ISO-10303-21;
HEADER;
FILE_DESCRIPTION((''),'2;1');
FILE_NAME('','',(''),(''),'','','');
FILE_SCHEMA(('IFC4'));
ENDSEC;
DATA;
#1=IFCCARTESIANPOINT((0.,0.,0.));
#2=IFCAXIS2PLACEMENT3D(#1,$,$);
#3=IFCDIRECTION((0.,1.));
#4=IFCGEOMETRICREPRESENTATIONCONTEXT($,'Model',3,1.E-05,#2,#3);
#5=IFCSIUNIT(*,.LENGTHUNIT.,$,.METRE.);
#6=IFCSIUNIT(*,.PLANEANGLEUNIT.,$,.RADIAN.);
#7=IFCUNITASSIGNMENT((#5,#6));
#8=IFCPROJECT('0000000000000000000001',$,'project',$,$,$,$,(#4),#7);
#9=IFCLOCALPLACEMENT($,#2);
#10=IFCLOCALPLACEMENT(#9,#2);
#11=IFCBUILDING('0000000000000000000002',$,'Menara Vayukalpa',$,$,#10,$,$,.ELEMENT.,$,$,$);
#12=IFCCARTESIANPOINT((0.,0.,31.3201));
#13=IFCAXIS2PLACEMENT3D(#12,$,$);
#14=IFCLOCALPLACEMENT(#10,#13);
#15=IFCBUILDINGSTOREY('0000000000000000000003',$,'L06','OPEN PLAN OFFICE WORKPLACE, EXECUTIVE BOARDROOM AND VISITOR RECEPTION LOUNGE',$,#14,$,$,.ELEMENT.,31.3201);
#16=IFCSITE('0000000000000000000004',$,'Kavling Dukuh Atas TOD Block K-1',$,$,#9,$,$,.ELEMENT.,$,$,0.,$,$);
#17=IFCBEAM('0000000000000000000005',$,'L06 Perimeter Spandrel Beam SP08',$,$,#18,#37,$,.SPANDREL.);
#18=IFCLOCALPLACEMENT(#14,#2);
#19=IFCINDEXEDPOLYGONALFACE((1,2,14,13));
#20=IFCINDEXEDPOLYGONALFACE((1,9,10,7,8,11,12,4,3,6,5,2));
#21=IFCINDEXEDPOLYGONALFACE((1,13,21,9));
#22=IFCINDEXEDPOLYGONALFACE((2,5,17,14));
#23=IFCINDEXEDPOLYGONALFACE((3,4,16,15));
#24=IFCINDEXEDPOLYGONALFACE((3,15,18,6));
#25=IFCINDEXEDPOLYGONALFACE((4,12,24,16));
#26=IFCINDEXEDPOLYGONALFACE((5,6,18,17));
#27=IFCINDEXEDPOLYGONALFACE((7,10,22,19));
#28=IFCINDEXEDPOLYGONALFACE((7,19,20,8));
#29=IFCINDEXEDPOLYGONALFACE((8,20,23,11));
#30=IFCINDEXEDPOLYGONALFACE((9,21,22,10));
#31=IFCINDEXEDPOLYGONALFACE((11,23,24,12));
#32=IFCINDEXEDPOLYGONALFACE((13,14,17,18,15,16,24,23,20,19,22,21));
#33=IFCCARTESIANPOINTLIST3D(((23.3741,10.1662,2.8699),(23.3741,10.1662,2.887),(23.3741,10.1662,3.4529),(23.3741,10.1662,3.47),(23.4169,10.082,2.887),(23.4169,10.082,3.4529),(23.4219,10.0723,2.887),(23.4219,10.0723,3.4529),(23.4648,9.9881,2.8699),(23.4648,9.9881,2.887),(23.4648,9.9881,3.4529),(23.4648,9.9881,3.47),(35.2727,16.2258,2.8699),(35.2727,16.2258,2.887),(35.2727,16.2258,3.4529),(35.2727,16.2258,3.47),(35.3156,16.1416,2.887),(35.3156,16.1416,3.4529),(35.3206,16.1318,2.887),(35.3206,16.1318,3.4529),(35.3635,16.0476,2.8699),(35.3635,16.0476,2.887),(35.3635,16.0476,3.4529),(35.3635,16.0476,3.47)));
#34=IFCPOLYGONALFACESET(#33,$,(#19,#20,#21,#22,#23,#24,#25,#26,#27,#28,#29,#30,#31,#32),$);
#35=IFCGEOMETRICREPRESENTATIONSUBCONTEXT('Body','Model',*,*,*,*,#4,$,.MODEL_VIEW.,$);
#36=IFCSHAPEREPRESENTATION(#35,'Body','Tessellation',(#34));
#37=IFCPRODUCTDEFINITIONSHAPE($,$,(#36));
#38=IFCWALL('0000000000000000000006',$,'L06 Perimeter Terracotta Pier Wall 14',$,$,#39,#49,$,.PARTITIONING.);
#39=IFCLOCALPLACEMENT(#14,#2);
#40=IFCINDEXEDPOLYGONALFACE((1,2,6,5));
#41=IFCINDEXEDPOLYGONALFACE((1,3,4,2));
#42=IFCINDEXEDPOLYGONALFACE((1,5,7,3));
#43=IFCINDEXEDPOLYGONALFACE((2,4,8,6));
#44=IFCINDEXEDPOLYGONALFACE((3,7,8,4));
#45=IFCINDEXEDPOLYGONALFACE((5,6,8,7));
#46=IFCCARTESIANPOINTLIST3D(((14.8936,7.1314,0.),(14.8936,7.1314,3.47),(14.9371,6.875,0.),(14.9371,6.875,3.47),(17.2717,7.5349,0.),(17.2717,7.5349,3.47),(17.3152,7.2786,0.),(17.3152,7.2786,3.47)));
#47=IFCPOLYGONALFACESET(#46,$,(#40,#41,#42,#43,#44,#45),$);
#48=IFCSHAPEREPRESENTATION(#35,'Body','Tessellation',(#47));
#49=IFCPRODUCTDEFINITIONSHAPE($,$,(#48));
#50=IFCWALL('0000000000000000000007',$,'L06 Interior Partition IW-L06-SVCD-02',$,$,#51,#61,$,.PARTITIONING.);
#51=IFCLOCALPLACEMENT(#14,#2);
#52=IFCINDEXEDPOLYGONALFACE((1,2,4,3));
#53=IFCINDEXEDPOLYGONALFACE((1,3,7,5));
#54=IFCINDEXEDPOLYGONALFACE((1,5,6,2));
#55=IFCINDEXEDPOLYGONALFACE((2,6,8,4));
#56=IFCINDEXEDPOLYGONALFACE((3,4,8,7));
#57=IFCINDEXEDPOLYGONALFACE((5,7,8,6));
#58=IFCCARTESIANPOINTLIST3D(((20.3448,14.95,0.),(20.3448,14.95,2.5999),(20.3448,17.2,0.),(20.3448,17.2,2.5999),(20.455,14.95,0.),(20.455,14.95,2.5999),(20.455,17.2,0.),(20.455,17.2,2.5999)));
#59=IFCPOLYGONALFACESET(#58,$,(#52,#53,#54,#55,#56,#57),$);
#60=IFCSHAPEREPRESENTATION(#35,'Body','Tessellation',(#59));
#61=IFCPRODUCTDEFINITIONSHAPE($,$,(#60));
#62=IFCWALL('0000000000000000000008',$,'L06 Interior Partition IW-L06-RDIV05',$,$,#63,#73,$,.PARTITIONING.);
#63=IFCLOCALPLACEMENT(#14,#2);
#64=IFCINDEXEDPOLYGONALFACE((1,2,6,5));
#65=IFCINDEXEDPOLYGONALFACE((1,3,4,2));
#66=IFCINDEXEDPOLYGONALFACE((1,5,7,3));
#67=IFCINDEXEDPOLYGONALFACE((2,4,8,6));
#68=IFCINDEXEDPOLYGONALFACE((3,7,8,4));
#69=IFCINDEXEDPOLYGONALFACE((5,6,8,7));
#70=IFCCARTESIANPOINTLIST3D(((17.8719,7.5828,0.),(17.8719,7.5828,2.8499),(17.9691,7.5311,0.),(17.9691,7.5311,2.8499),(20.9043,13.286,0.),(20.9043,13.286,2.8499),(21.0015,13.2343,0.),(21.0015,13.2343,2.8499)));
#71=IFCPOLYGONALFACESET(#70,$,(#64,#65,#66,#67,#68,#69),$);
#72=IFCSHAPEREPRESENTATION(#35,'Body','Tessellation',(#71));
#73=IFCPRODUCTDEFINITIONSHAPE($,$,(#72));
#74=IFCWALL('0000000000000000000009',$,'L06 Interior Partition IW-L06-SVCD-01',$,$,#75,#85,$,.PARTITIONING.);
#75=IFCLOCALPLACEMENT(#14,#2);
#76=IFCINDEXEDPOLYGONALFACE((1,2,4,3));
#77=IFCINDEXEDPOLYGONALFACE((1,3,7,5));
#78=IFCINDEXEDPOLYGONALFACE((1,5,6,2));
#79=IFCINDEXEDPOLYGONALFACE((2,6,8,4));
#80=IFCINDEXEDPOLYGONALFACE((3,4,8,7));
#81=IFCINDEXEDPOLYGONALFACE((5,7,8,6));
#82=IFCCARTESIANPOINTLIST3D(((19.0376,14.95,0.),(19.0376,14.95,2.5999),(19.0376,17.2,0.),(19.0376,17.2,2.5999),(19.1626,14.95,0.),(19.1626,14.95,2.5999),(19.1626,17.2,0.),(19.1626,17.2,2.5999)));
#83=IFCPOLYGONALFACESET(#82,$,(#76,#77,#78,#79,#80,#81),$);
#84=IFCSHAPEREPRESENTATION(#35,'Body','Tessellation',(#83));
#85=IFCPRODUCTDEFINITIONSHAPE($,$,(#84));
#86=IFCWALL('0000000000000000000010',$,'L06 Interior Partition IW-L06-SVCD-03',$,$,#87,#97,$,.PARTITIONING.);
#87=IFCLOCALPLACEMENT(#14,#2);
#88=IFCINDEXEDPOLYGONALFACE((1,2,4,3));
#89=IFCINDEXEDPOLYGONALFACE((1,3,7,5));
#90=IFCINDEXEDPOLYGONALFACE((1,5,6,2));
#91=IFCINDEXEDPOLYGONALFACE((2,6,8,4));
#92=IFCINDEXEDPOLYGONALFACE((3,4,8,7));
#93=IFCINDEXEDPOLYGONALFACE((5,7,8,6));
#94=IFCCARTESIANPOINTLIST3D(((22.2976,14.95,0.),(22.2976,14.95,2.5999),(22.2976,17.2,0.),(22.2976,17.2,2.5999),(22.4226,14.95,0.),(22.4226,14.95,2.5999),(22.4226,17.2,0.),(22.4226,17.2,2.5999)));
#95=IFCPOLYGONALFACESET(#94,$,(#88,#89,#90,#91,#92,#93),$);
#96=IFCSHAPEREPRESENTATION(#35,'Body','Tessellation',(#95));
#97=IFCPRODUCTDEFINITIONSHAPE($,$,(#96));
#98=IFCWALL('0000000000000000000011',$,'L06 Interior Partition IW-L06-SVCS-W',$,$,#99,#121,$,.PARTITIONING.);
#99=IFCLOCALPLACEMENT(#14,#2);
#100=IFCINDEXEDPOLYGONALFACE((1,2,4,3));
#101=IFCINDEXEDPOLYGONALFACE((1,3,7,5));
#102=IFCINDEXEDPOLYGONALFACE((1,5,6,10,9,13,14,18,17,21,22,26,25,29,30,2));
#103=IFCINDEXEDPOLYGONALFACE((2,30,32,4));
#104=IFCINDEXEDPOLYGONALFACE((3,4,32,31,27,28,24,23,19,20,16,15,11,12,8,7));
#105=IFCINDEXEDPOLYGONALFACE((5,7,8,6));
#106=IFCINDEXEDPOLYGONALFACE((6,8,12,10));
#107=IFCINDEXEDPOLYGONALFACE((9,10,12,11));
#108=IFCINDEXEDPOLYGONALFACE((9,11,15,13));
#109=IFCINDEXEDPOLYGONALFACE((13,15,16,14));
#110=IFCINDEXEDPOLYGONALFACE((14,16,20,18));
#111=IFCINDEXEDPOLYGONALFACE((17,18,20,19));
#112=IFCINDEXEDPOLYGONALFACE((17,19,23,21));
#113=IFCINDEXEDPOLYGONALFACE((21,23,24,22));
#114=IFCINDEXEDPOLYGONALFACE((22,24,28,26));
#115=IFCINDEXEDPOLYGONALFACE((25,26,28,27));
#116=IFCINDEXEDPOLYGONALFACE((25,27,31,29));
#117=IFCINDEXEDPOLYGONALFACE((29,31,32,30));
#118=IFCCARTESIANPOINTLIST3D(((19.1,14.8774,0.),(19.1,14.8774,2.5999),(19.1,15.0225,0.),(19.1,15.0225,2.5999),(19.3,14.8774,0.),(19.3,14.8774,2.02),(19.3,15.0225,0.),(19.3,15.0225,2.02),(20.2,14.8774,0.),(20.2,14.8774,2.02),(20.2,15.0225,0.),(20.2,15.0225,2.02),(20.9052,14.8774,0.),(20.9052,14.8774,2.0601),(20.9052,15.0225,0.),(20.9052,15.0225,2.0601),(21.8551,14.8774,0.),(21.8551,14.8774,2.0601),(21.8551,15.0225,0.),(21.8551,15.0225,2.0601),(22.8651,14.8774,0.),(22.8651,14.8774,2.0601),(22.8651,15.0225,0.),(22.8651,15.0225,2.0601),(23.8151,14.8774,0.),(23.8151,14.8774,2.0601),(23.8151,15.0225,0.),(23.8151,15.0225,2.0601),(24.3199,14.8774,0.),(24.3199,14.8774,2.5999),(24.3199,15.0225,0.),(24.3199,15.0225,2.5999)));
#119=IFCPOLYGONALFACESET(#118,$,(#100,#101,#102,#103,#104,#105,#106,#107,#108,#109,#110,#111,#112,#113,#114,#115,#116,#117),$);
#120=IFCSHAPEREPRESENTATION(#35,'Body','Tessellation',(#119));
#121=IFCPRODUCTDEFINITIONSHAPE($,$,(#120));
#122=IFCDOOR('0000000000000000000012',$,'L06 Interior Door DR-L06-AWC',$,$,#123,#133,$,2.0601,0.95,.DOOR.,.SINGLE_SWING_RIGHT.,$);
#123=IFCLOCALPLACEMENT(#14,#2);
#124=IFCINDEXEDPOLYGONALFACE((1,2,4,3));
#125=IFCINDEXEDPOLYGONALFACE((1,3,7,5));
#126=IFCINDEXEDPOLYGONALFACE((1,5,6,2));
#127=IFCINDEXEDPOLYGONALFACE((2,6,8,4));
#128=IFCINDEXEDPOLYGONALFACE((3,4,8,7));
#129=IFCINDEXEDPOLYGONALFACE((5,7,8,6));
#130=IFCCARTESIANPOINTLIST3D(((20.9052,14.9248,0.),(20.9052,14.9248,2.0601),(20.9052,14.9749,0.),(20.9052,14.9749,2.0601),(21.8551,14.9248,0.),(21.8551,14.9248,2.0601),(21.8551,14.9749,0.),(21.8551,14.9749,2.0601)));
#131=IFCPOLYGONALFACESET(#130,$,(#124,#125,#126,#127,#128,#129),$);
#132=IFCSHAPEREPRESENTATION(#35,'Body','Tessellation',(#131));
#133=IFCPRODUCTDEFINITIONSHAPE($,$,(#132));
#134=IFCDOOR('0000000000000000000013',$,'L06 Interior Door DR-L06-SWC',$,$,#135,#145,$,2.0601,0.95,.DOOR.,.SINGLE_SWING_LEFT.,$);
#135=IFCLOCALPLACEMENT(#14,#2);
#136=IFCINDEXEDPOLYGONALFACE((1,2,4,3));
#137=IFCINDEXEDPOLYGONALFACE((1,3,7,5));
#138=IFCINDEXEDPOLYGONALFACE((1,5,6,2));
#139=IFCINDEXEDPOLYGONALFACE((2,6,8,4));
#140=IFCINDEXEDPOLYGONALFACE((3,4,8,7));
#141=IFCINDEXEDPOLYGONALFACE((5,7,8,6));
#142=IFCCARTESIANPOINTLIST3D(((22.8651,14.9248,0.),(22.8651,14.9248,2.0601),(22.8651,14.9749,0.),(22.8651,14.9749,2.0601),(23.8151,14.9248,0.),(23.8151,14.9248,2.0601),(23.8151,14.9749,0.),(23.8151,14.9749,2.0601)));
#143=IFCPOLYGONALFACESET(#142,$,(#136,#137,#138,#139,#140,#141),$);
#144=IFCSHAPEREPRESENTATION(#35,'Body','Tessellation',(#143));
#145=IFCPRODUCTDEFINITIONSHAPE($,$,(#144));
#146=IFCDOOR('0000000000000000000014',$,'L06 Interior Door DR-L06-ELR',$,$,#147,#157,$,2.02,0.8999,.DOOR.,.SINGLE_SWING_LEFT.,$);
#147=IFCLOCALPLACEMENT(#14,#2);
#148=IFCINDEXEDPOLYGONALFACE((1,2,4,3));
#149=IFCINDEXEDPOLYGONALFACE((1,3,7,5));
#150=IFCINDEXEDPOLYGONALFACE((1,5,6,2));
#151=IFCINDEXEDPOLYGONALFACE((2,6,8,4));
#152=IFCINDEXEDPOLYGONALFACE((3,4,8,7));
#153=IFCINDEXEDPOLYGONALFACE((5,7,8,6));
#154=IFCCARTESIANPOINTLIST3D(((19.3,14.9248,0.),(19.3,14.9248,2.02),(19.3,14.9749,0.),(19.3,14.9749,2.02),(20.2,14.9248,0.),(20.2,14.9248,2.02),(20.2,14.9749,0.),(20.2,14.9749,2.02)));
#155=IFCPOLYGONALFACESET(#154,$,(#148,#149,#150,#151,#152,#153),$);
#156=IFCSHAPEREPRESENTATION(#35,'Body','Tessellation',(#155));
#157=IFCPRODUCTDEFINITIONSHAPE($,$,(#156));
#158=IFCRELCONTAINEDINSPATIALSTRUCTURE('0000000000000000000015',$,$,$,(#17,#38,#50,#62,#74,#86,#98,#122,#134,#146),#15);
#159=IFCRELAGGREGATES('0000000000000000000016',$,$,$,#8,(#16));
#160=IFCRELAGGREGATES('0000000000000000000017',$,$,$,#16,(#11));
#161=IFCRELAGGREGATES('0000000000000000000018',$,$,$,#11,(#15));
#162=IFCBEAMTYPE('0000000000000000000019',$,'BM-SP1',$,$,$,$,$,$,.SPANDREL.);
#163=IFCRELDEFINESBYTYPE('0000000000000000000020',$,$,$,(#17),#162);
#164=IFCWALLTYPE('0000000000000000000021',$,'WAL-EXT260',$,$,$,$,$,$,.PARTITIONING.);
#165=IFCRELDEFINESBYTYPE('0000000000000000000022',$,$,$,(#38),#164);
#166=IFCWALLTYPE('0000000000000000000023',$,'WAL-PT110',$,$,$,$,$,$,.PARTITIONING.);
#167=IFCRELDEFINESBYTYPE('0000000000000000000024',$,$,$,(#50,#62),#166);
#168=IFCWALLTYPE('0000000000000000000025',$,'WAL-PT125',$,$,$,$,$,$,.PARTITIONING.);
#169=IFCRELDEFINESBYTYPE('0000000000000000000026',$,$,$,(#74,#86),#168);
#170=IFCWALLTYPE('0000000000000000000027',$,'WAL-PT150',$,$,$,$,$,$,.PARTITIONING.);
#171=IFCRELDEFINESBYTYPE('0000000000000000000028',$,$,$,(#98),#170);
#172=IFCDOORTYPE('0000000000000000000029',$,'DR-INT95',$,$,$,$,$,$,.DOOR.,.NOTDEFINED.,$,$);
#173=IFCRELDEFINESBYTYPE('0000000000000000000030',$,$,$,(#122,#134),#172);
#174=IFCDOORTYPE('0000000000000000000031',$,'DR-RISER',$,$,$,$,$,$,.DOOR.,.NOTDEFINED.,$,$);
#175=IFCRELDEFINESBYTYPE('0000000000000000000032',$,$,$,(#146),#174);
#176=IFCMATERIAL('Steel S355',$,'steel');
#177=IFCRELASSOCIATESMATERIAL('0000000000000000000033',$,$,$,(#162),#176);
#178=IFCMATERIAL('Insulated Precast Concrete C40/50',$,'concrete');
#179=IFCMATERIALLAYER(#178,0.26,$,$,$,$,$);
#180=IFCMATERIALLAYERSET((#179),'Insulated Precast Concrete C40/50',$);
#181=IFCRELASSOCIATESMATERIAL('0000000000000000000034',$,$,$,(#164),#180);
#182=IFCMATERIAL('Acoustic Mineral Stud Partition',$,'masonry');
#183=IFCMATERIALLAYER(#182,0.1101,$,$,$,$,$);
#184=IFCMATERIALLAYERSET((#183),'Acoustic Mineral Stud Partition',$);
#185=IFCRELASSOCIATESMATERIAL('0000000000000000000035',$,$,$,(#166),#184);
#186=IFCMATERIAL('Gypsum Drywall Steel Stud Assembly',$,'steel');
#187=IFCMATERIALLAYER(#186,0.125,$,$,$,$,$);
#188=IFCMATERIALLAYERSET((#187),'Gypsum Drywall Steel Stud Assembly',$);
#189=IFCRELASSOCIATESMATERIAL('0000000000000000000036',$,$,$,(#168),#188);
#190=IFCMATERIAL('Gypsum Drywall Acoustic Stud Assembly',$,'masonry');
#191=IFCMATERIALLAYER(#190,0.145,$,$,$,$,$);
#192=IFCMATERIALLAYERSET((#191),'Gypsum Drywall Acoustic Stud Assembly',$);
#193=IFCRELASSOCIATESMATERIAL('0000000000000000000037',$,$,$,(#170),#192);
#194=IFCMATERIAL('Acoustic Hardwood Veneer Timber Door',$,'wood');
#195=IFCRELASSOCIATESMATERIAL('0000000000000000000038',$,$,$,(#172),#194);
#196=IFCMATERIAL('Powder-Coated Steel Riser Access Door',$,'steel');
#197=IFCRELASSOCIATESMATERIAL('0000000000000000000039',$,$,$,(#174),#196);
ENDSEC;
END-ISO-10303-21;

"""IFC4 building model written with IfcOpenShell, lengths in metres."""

from ifc_helpers import new_model, si_unit, direction, frame, frame_2d, origin, origin_2d, place, context, subcontext, project, spatial, rectangle, i_section, extrude, material, layer, layer_set, material_profile, profile_set, type_object, element, fill, save


model = new_model("IFC4")

# Units and contexts
model_context = context("Model", 3, precision=1e-05, world=origin(), true_north=direction((0.0, 1.0)))
body_context = subcontext(model_context, "Body", "Model", "MODEL_VIEW")
ifc_project = project(units=[si_unit("LENGTHUNIT", "METRE"), si_unit("PLANEANGLEUNIT", "RADIAN")], contexts=[model_context])

# Site, building, storey
site_placement = place(None, origin())
site = spatial("IfcSite", under=ifc_project, at=site_placement, Name="Kavling Dukuh Atas TOD Block K-1", CompositionType="ELEMENT", RefElevation=0.0)
building_placement = place(site_placement, origin())
building = spatial("IfcBuilding", under=site, at=building_placement, Name="Menara Vayukalpa", CompositionType="ELEMENT")
storey_placement = place(building_placement, frame((0.0, 0.0, 31.3201)))
storey = spatial("IfcBuildingStorey", under=building, at=storey_placement, Name="L06", Description="OPEN PLAN OFFICE WORKPLACE, EXECUTIVE BOARDROOM AND VISITOR RECEPTION LOUNGE", CompositionType="ELEMENT", Elevation=31.3201)

# Beam
ifc_material_1 = material(Name="Steel S355", Category="steel")
ifc_material_profile_1 = material_profile(ifc_material_1, i_section(OverallWidth=0.2, OverallDepth=0.6001, WebThickness=0.011, FlangeThickness=0.0171, at=origin_2d()), Name="WF 600x200x11x17")
ifc_profile_set_1 = profile_set([ifc_material_profile_1], Name="Steel S355")
beam_type_1 = type_object("IfcBeamType", Name="BM-SP1", PredefinedType="SPANDREL", material=ifc_profile_set_1)
beam_1_placement = place(storey_placement, frame((23.4194, 10.0771, 3.1699), z_axis=(0.891101, 0.453806, 0.0), x_axis=(-0.453806, 0.891101, 0.0)))
element("IfcBeam", 1, at=beam_1_placement, inside=storey, type_object=beam_type_1, Name="L06 Perimeter Spandrel Beam SP08", PredefinedType="SPANDREL", context=body_context, shape_type="SweptSolid", body=[
    extrude(i_section(OverallWidth=0.2, OverallDepth=0.6001, WebThickness=0.011, FlangeThickness=0.0171, at=origin_2d()), origin(), (0.0, 0.0, 1.0), 13.3528),
])

# Walls
ifc_material_2 = material(Name="Insulated Precast Concrete C40/50", Category="concrete")
ifc_layer_1 = layer(ifc_material_2, 0.26)
ifc_layer_set_1 = layer_set([ifc_layer_1], Name="Insulated Precast Concrete C40/50")
wall_type_1 = type_object("IfcWallType", Name="WAL-EXT260", PredefinedType="PARTITIONING", material=ifc_layer_set_1)
wall_1_placement = place(storey_placement, frame((17.2935, 7.4067, 0.0), z_axis=(0.0, 0.0, 1.0), x_axis=(-0.985905, -0.167303, 0.0)))
element("IfcWall", 2, at=wall_1_placement, inside=storey, type_object=wall_type_1, Name="L06 Perimeter Terracotta Pier Wall 14", PredefinedType="PARTITIONING", context=body_context, shape_type="SweptSolid", body=[
    extrude(rectangle(XDim=2.4121, YDim=0.26, at=frame_2d((1.2061, 0.0))), origin(), (0.0, 0.0, 1.0), 3.47),
])
ifc_material_3 = material(Name="Acoustic Mineral Stud Partition", Category="masonry")
ifc_layer_2 = layer(ifc_material_3, 0.1101)
ifc_layer_set_2 = layer_set([ifc_layer_2], Name="Acoustic Mineral Stud Partition")
wall_type_2 = type_object("IfcWallType", Name="WAL-PT110", PredefinedType="PARTITIONING", material=ifc_layer_set_2)
wall_2_placement = place(storey_placement, frame((20.3999, 14.95, 0.0), z_axis=(0.0, 0.0, 1.0), x_axis=(0.0, 1.0, 0.0)))
element("IfcWall", 3, at=wall_2_placement, inside=storey, type_object=wall_type_2, Name="L06 Interior Partition IW-L06-SVCD-02", PredefinedType="PARTITIONING", context=body_context, shape_type="SweptSolid", body=[
    extrude(rectangle(XDim=2.25, YDim=0.1101, at=frame_2d((1.125, 0.0))), origin(), (0.0, 0.0, 1.0), 2.5999),
])
wall_3_placement = place(storey_placement, frame((20.9529, 13.26, 0.0), z_axis=(0.0, 0.0, 1.0), x_axis=(-0.469479, -0.882943, 0.0)))
element("IfcWall", 4, at=wall_3_placement, inside=storey, type_object=wall_type_2, Name="L06 Interior Partition IW-L06-RDIV05", PredefinedType="PARTITIONING", context=body_context, shape_type="SweptSolid", body=[
    extrude(rectangle(XDim=6.4592, YDim=0.1101, at=frame_2d((3.2295, 0.0))), origin(), (0.0, 0.0, 1.0), 2.8499),
])
ifc_material_4 = material(Name="Gypsum Drywall Steel Stud Assembly", Category="steel")
ifc_layer_3 = layer(ifc_material_4, 0.125)
ifc_layer_set_3 = layer_set([ifc_layer_3], Name="Gypsum Drywall Steel Stud Assembly")
wall_type_3 = type_object("IfcWallType", Name="WAL-PT125", PredefinedType="PARTITIONING", material=ifc_layer_set_3)
for number, where, z_axis, x_axis, name in (
    (5, (19.1001, 14.95, 0.0), (0.0, 0.0, 1.0), (0.0, 1.0, 0.0), "L06 Interior Partition IW-L06-SVCD-01"),
    (6, (22.3601, 14.95, 0.0), (0.0, 0.0, 1.0), (0.0, 1.0, 0.0), "L06 Interior Partition IW-L06-SVCD-03"),
):
    element("IfcWall", number, at=place(storey_placement, frame(where, z_axis=z_axis, x_axis=x_axis)), inside=storey, type_object=wall_type_3, Name=name, PredefinedType="PARTITIONING", context=body_context, shape_type="SweptSolid", body=[
        extrude(rectangle(XDim=2.25, YDim=0.125, at=frame_2d((1.125, 0.0))), origin(), (0.0, 0.0, 1.0), 2.5999),
    ])

# Wall, openings, doors
ifc_material_5 = material(Name="Gypsum Drywall Acoustic Stud Assembly", Category="masonry")
ifc_layer_4 = layer(ifc_material_5, 0.145)
ifc_layer_set_4 = layer_set([ifc_layer_4], Name="Gypsum Drywall Acoustic Stud Assembly")
wall_type_4 = type_object("IfcWallType", Name="WAL-PT150", PredefinedType="PARTITIONING", material=ifc_layer_set_4)
wall_4_placement = place(storey_placement, frame((19.1001, 14.95, 0.0), z_axis=(0.0, 0.0, 1.0), x_axis=(1.0, 0.0, 0.0)))
wall_4 = element("IfcWall", 7, at=wall_4_placement, inside=storey, type_object=wall_type_4, Name="L06 Interior Partition IW-L06-SVCS-W", PredefinedType="PARTITIONING", context=body_context, shape_type="SweptSolid", body=[
    extrude(rectangle(XDim=5.22, YDim=0.145, at=frame_2d((2.6099, 0.0))), origin(), (0.0, 0.0, 1.0), 2.5999),
])
opening_1_placement = place(wall_4_placement, frame((0.2, 0.0, 0.0)))
opening_1 = element("IfcOpeningElement", 8, at=opening_1_placement, cuts=wall_4, PredefinedType="OPENING", context=body_context, shape_type="SweptSolid", body=[
    extrude(rectangle(XDim=0.8999, YDim=2.02, at=frame_2d((0.45, 1.01))), frame((0.0, 0.0825, 0.0), z_axis=(0.0, -1.0, 0.0), x_axis=(1.0, 0.0, 0.0)), (0.0, 0.0, 1.0), 0.165),
])
opening_2_placement = place(wall_4_placement, frame((1.8049, 0.0, 0.0)))
opening_2 = element("IfcOpeningElement", 9, at=opening_2_placement, cuts=wall_4, PredefinedType="OPENING", context=body_context, shape_type="SweptSolid", body=[
    extrude(rectangle(XDim=0.95, YDim=2.0601, at=frame_2d((0.4751, 1.03))), frame((0.0, 0.0825, 0.0), z_axis=(0.0, -1.0, 0.0), x_axis=(1.0, 0.0, 0.0)), (0.0, 0.0, 1.0), 0.165),
])
opening_3_placement = place(wall_4_placement, frame((3.7649, 0.0, 0.0)))
opening_3 = element("IfcOpeningElement", 10, at=opening_3_placement, cuts=wall_4, PredefinedType="OPENING", context=body_context, shape_type="SweptSolid", body=[
    extrude(rectangle(XDim=0.95, YDim=2.0601, at=frame_2d((0.4751, 1.03))), frame((0.0, 0.0825, 0.0), z_axis=(0.0, -1.0, 0.0), x_axis=(1.0, 0.0, 0.0)), (0.0, 0.0, 1.0), 0.165),
])
ifc_material_6 = material(Name="Acoustic Hardwood Veneer Timber Door", Category="wood")
door_type_1 = type_object("IfcDoorType", Name="DR-INT95", OperationType="NOTDEFINED", PredefinedType="DOOR", material=ifc_material_6)
door_1_placement = place(opening_2_placement, origin())
door_1 = element("IfcDoor", 11, at=door_1_placement, inside=storey, type_object=door_type_1, Name="L06 Interior Door DR-L06-AWC", OperationType="SINGLE_SWING_RIGHT", OverallHeight=2.0601, OverallWidth=0.95, PredefinedType="DOOR", context=body_context, shape_type="SweptSolid", body=[
    extrude(rectangle(XDim=0.95, YDim=2.0601, at=frame_2d((0.4751, 1.03))), frame((0.0, 0.0249, 0.0), z_axis=(0.0, -1.0, 0.0), x_axis=(1.0, 0.0, 0.0)), (0.0, 0.0, 1.0), 0.05),
])
fill(opening_2, door_1)
door_2_placement = place(opening_3_placement, origin())
door_2 = element("IfcDoor", 12, at=door_2_placement, inside=storey, type_object=door_type_1, Name="L06 Interior Door DR-L06-SWC", OperationType="SINGLE_SWING_LEFT", OverallHeight=2.0601, OverallWidth=0.95, PredefinedType="DOOR", context=body_context, shape_type="SweptSolid", body=[
    extrude(rectangle(XDim=0.95, YDim=2.0601, at=frame_2d((0.4751, 1.03))), frame((0.0, 0.0249, 0.0), z_axis=(0.0, -1.0, 0.0), x_axis=(1.0, 0.0, 0.0)), (0.0, 0.0, 1.0), 0.05),
])
fill(opening_3, door_2)
ifc_material_7 = material(Name="Powder-Coated Steel Riser Access Door", Category="steel")
door_type_2 = type_object("IfcDoorType", Name="DR-RISER", OperationType="NOTDEFINED", PredefinedType="DOOR", material=ifc_material_7)
door_3_placement = place(opening_1_placement, origin())
door_3 = element("IfcDoor", 13, at=door_3_placement, inside=storey, type_object=door_type_2, Name="L06 Interior Door DR-L06-ELR", OperationType="SINGLE_SWING_LEFT", OverallHeight=2.02, OverallWidth=0.8999, PredefinedType="DOOR", context=body_context, shape_type="SweptSolid", body=[
    extrude(rectangle(XDim=0.8999, YDim=2.02, at=frame_2d((0.45, 1.01))), frame((0.0, 0.0249, 0.0), z_axis=(0.0, -1.0, 0.0), x_axis=(1.0, 0.0, 0.0)), (0.0, 0.0, 1.0), 0.05),
])
fill(opening_1, door_3)

save(model, "model.ifc")
